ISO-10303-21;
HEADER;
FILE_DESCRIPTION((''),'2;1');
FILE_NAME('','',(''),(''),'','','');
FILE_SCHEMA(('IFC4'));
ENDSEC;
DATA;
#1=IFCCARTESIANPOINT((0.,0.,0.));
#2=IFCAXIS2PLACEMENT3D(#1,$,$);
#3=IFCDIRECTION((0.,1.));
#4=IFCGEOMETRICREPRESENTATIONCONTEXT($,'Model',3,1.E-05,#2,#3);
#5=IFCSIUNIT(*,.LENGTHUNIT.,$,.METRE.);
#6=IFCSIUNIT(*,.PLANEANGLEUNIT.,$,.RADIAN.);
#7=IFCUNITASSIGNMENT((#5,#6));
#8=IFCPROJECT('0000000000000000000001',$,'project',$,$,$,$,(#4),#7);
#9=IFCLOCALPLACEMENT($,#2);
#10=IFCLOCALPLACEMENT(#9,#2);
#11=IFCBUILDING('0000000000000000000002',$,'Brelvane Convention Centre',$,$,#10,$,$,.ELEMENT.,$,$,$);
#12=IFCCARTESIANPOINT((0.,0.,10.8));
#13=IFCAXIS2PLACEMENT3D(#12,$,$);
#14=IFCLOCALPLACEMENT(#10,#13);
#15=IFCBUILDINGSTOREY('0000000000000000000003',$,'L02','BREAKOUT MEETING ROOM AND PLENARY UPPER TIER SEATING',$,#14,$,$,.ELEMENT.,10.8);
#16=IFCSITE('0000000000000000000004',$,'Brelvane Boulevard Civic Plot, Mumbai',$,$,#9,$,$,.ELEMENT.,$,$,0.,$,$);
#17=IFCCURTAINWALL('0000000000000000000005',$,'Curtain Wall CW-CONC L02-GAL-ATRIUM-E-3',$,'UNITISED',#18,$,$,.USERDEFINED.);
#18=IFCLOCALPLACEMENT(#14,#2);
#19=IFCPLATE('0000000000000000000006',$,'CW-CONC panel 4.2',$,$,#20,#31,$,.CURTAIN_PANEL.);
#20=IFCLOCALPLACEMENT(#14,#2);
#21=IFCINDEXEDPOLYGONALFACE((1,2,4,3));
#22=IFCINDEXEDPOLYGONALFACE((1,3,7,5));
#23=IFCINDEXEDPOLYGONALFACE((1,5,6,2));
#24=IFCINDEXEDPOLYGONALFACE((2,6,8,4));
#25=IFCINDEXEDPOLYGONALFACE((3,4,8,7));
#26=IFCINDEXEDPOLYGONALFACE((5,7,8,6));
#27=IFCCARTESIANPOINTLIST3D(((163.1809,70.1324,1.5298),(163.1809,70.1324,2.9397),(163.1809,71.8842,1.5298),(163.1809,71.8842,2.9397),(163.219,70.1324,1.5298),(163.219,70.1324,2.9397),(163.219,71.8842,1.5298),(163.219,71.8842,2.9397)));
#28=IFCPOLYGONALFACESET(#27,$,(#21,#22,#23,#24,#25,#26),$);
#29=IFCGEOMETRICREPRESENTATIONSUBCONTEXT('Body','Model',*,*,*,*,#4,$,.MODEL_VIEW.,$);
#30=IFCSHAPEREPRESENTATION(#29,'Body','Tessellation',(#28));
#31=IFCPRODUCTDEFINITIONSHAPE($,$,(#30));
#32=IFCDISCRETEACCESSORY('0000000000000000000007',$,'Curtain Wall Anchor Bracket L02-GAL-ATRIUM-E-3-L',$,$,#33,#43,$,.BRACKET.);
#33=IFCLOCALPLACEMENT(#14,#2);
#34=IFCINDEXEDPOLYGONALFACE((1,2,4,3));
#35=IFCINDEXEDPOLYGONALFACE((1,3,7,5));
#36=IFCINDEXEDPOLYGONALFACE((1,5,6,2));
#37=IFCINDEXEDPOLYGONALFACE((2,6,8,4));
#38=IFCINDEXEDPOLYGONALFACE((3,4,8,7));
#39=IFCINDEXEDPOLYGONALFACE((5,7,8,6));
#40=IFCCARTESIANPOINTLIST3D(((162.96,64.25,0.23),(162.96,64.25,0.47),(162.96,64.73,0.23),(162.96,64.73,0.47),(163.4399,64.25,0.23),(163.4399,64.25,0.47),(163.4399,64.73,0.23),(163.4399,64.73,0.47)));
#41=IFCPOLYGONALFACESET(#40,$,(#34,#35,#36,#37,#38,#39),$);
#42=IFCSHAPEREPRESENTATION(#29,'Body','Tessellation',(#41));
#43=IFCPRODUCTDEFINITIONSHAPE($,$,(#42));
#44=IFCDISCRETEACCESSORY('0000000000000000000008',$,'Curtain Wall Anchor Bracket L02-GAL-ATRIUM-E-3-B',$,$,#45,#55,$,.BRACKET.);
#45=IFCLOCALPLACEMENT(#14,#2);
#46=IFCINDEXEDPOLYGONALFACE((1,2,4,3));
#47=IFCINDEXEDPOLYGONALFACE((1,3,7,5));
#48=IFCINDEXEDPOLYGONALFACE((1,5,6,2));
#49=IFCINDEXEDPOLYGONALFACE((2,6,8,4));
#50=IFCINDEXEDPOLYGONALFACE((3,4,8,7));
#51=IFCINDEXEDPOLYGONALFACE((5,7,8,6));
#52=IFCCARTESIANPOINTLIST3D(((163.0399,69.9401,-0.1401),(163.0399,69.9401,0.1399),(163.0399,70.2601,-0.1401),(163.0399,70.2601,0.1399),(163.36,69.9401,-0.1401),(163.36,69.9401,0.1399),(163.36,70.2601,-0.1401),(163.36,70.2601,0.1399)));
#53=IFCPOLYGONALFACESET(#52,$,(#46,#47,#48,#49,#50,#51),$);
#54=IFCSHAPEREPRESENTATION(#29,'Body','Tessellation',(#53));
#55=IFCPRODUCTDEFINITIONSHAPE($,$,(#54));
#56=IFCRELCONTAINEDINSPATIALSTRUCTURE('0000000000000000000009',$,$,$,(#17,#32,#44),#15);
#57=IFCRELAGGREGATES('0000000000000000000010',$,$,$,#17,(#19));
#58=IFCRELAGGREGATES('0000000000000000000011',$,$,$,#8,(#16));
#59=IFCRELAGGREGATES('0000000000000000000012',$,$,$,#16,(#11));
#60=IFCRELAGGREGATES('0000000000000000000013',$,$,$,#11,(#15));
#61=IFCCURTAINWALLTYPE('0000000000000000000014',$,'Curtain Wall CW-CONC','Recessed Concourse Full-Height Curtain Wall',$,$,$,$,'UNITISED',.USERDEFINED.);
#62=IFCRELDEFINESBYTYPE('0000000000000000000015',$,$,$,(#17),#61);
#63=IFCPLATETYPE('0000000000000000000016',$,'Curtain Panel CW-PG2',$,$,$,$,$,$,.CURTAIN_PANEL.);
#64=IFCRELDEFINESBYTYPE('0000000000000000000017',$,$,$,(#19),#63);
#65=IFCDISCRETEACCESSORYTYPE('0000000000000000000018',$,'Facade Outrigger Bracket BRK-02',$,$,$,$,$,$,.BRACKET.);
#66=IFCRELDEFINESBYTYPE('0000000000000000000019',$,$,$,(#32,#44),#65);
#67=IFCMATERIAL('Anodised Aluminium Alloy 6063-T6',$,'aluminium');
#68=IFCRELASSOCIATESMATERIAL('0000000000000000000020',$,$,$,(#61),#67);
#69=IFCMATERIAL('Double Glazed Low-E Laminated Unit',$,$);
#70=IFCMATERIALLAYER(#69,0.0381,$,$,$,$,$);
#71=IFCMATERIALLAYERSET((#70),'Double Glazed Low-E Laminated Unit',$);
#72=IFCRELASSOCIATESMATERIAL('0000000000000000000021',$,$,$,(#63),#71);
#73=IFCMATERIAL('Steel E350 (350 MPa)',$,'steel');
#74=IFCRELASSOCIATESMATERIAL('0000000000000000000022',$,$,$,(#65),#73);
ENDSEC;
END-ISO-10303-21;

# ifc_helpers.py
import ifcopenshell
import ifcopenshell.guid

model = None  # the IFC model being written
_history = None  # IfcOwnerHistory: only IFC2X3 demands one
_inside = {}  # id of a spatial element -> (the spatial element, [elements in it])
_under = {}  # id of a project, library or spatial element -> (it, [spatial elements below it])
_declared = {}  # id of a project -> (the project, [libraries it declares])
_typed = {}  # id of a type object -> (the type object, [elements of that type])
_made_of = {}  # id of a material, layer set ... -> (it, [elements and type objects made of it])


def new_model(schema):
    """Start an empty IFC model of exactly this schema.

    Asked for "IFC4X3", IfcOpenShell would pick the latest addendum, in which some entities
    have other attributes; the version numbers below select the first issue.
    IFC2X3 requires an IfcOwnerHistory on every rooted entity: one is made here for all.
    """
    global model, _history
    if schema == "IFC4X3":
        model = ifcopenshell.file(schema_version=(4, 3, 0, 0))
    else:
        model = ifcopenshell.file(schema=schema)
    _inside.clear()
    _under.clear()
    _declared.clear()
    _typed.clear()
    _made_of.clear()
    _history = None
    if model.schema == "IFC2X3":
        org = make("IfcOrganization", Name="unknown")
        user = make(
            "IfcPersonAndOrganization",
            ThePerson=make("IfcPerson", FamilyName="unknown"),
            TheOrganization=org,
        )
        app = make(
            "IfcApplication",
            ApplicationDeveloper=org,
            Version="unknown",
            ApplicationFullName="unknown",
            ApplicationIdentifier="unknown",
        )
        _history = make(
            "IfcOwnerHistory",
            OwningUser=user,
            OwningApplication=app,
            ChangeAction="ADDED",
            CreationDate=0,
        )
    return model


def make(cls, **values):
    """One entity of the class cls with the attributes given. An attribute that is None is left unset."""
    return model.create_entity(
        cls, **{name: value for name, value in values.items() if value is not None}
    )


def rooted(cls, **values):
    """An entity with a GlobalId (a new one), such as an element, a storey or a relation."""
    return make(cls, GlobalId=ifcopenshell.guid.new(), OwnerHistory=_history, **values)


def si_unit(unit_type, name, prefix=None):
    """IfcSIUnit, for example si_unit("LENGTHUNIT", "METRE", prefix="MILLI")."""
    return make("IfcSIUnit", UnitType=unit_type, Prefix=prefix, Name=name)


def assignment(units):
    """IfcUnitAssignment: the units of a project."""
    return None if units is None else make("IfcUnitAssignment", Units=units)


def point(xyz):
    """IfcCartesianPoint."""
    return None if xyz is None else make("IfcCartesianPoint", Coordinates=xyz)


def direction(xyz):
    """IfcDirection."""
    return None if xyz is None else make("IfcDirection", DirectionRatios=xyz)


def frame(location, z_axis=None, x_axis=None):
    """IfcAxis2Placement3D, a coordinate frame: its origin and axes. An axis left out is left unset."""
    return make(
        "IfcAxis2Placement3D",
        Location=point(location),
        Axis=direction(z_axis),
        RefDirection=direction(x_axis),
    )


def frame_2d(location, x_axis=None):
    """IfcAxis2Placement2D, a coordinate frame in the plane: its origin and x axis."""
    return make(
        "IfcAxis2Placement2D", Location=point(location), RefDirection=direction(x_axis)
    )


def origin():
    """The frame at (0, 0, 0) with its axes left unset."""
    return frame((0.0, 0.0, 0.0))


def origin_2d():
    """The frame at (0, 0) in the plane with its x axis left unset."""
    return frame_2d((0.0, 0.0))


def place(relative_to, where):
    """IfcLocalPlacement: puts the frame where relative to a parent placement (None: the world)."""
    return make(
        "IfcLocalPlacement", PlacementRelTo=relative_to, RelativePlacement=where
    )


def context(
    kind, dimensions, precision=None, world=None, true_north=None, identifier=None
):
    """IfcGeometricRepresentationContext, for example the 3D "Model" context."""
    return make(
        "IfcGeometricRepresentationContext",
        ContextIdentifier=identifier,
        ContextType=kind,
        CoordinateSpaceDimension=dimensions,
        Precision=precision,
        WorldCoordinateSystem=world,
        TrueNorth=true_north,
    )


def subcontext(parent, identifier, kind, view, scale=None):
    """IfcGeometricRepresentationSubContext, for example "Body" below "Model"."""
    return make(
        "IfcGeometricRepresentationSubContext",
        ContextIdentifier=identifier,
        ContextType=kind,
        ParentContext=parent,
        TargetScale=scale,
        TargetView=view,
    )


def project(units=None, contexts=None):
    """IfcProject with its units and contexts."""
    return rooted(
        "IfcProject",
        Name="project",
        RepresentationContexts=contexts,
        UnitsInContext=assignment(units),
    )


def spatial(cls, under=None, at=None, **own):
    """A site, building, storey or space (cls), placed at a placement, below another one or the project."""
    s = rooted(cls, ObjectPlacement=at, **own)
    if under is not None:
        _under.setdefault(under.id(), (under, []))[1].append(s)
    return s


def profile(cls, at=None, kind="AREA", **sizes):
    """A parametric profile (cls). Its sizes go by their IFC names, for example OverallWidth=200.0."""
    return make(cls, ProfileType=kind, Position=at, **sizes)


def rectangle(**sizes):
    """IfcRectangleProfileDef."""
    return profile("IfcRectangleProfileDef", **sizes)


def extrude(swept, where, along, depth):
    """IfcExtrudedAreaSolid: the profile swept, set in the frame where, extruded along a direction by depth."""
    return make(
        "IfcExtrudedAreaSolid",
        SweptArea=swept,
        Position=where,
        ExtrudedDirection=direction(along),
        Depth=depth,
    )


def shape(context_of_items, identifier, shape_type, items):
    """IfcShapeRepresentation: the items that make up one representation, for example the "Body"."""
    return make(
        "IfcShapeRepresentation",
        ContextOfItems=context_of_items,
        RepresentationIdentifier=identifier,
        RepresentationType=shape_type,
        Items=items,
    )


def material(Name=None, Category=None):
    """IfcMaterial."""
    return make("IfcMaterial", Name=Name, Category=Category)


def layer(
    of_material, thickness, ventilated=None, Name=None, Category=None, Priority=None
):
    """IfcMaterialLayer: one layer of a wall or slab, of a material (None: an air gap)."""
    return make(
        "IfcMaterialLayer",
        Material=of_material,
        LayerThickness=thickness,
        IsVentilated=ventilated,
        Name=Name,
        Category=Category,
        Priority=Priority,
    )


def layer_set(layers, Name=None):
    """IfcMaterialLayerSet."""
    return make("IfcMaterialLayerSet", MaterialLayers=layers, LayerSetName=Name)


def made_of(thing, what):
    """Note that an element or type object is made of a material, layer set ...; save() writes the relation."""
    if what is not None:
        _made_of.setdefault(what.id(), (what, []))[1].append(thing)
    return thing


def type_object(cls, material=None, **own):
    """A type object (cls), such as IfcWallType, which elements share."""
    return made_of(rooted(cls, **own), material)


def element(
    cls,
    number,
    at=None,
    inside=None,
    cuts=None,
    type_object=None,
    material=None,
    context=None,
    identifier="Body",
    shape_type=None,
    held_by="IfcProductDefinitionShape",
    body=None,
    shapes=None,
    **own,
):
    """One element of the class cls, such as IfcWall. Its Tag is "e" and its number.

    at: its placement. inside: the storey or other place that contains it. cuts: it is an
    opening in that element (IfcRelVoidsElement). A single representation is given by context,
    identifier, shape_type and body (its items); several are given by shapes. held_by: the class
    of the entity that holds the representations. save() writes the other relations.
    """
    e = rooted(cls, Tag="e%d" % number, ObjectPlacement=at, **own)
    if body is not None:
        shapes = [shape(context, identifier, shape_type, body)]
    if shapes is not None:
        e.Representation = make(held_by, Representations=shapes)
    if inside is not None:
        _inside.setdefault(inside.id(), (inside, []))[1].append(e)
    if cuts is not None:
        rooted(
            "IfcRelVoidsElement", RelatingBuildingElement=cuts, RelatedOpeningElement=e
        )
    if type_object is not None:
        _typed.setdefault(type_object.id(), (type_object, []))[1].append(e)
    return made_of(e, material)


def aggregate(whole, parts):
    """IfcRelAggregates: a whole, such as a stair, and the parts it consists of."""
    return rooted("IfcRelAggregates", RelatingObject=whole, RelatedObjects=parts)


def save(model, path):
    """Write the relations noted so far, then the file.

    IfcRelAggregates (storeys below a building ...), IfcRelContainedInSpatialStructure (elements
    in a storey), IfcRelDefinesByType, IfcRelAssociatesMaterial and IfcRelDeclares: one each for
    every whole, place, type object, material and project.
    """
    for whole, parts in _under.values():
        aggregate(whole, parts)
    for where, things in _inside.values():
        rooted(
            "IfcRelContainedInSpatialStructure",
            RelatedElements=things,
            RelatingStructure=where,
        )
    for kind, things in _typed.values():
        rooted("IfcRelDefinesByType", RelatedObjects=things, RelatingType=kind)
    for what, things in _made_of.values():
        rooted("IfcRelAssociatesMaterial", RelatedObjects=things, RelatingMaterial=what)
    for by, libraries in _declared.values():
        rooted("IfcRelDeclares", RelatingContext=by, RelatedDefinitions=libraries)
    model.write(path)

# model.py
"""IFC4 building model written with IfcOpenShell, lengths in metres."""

from ifc_helpers import new_model, si_unit, direction, frame, origin, origin_2d, place, context, subcontext, project, spatial, rectangle, extrude, material, layer, layer_set, type_object, element, aggregate, save


model = new_model("IFC4")

# Units and contexts
model_context = context("Model", 3, precision=1e-05, world=origin(), true_north=direction((0.0, 1.0)))
body_context = subcontext(model_context, "Body", "Model", "MODEL_VIEW")
ifc_project = project(units=[si_unit("LENGTHUNIT", "METRE"), si_unit("PLANEANGLEUNIT", "RADIAN")], contexts=[model_context])

# Site, building, storey
site_placement = place(None, origin())
site = spatial("IfcSite", under=ifc_project, at=site_placement, Name="Brelvane Boulevard Civic Plot, Mumbai", CompositionType="ELEMENT", RefElevation=0.0)
building_placement = place(site_placement, origin())
building = spatial("IfcBuilding", under=site, at=building_placement, Name="Brelvane Convention Centre", CompositionType="ELEMENT")
storey_placement = place(building_placement, frame((0.0, 0.0, 10.8)))
storey = spatial("IfcBuildingStorey", under=building, at=storey_placement, Name="L02", Description="BREAKOUT MEETING ROOM AND PLENARY UPPER TIER SEATING", CompositionType="ELEMENT", Elevation=10.8)

# Curtain wall
ifc_material_1 = material(Name="Anodised Aluminium Alloy 6063-T6", Category="aluminium")
curtain_wall_type = type_object("IfcCurtainWallType", Name="Curtain Wall CW-CONC", Description="Recessed Concourse Full-Height Curtain Wall", ElementType="UNITISED", PredefinedType="USERDEFINED", material=ifc_material_1)
curtain_wall_placement = place(storey_placement, origin())
curtain_wall = element("IfcCurtainWall", 1, at=curtain_wall_placement, inside=storey, type_object=curtain_wall_type, Name="Curtain Wall CW-CONC L02-GAL-ATRIUM-E-3", ObjectType="UNITISED", PredefinedType="USERDEFINED")

# Plate
ifc_material_2 = material(Name="Double Glazed Low-E Laminated Unit")
ifc_layer = layer(ifc_material_2, 0.0381)
ifc_layer_set = layer_set([ifc_layer], Name="Double Glazed Low-E Laminated Unit")
plate_type = type_object("IfcPlateType", Name="Curtain Panel CW-PG2", PredefinedType="CURTAIN_PANEL", material=ifc_layer_set)
plate_1_placement = place(storey_placement, frame((163.2, 71.0083, 1.5298), z_axis=(0.0, 0.0, 1.0), x_axis=(0.0, 1.0, 0.0)))
plate_1 = element("IfcPlate", 2, at=plate_1_placement, type_object=plate_type, Name="CW-CONC panel 4.2", PredefinedType="CURTAIN_PANEL", context=body_context, shape_type="SweptSolid", body=[
    extrude(rectangle(XDim=1.7517, YDim=0.0381, at=origin_2d()), origin(), (0.0, 0.0, 1.0), 1.4099),
])
aggregate(curtain_wall, [plate_1])

# Discrete accessories
ifc_material_3 = material(Name="Steel E350 (350 MPa)", Category="steel")
discrete_accessory_type = type_object("IfcDiscreteAccessoryType", Name="Facade Outrigger Bracket BRK-02", PredefinedType="BRACKET", material=ifc_material_3)
discrete_accessory_1_placement = place(storey_placement, frame((163.2, 64.49, 0.23), z_axis=(0.0, 0.0, 1.0), x_axis=(1.0, 0.0, 0.0)))
element("IfcDiscreteAccessory", 3, at=discrete_accessory_1_placement, inside=storey, type_object=discrete_accessory_type, Name="Curtain Wall Anchor Bracket L02-GAL-ATRIUM-E-3-L", PredefinedType="BRACKET", context=body_context, shape_type="SweptSolid", body=[
    extrude(rectangle(XDim=0.48, YDim=0.48, at=origin_2d()), origin(), (0.0, 0.0, 1.0), 0.24),
])
discrete_accessory_2_placement = place(storey_placement, frame((163.2, 70.1001, -0.1401), z_axis=(0.0, 0.0, 1.0), x_axis=(1.0, 0.0, 0.0)))
element("IfcDiscreteAccessory", 4, at=discrete_accessory_2_placement, inside=storey, type_object=discrete_accessory_type, Name="Curtain Wall Anchor Bracket L02-GAL-ATRIUM-E-3-B", PredefinedType="BRACKET", context=body_context, shape_type="SweptSolid", body=[
    extrude(rectangle(XDim=0.3201, YDim=0.3201, at=origin_2d()), origin(), (0.0, 0.0, 1.0), 0.28),
])

save(model, "model.ifc")
